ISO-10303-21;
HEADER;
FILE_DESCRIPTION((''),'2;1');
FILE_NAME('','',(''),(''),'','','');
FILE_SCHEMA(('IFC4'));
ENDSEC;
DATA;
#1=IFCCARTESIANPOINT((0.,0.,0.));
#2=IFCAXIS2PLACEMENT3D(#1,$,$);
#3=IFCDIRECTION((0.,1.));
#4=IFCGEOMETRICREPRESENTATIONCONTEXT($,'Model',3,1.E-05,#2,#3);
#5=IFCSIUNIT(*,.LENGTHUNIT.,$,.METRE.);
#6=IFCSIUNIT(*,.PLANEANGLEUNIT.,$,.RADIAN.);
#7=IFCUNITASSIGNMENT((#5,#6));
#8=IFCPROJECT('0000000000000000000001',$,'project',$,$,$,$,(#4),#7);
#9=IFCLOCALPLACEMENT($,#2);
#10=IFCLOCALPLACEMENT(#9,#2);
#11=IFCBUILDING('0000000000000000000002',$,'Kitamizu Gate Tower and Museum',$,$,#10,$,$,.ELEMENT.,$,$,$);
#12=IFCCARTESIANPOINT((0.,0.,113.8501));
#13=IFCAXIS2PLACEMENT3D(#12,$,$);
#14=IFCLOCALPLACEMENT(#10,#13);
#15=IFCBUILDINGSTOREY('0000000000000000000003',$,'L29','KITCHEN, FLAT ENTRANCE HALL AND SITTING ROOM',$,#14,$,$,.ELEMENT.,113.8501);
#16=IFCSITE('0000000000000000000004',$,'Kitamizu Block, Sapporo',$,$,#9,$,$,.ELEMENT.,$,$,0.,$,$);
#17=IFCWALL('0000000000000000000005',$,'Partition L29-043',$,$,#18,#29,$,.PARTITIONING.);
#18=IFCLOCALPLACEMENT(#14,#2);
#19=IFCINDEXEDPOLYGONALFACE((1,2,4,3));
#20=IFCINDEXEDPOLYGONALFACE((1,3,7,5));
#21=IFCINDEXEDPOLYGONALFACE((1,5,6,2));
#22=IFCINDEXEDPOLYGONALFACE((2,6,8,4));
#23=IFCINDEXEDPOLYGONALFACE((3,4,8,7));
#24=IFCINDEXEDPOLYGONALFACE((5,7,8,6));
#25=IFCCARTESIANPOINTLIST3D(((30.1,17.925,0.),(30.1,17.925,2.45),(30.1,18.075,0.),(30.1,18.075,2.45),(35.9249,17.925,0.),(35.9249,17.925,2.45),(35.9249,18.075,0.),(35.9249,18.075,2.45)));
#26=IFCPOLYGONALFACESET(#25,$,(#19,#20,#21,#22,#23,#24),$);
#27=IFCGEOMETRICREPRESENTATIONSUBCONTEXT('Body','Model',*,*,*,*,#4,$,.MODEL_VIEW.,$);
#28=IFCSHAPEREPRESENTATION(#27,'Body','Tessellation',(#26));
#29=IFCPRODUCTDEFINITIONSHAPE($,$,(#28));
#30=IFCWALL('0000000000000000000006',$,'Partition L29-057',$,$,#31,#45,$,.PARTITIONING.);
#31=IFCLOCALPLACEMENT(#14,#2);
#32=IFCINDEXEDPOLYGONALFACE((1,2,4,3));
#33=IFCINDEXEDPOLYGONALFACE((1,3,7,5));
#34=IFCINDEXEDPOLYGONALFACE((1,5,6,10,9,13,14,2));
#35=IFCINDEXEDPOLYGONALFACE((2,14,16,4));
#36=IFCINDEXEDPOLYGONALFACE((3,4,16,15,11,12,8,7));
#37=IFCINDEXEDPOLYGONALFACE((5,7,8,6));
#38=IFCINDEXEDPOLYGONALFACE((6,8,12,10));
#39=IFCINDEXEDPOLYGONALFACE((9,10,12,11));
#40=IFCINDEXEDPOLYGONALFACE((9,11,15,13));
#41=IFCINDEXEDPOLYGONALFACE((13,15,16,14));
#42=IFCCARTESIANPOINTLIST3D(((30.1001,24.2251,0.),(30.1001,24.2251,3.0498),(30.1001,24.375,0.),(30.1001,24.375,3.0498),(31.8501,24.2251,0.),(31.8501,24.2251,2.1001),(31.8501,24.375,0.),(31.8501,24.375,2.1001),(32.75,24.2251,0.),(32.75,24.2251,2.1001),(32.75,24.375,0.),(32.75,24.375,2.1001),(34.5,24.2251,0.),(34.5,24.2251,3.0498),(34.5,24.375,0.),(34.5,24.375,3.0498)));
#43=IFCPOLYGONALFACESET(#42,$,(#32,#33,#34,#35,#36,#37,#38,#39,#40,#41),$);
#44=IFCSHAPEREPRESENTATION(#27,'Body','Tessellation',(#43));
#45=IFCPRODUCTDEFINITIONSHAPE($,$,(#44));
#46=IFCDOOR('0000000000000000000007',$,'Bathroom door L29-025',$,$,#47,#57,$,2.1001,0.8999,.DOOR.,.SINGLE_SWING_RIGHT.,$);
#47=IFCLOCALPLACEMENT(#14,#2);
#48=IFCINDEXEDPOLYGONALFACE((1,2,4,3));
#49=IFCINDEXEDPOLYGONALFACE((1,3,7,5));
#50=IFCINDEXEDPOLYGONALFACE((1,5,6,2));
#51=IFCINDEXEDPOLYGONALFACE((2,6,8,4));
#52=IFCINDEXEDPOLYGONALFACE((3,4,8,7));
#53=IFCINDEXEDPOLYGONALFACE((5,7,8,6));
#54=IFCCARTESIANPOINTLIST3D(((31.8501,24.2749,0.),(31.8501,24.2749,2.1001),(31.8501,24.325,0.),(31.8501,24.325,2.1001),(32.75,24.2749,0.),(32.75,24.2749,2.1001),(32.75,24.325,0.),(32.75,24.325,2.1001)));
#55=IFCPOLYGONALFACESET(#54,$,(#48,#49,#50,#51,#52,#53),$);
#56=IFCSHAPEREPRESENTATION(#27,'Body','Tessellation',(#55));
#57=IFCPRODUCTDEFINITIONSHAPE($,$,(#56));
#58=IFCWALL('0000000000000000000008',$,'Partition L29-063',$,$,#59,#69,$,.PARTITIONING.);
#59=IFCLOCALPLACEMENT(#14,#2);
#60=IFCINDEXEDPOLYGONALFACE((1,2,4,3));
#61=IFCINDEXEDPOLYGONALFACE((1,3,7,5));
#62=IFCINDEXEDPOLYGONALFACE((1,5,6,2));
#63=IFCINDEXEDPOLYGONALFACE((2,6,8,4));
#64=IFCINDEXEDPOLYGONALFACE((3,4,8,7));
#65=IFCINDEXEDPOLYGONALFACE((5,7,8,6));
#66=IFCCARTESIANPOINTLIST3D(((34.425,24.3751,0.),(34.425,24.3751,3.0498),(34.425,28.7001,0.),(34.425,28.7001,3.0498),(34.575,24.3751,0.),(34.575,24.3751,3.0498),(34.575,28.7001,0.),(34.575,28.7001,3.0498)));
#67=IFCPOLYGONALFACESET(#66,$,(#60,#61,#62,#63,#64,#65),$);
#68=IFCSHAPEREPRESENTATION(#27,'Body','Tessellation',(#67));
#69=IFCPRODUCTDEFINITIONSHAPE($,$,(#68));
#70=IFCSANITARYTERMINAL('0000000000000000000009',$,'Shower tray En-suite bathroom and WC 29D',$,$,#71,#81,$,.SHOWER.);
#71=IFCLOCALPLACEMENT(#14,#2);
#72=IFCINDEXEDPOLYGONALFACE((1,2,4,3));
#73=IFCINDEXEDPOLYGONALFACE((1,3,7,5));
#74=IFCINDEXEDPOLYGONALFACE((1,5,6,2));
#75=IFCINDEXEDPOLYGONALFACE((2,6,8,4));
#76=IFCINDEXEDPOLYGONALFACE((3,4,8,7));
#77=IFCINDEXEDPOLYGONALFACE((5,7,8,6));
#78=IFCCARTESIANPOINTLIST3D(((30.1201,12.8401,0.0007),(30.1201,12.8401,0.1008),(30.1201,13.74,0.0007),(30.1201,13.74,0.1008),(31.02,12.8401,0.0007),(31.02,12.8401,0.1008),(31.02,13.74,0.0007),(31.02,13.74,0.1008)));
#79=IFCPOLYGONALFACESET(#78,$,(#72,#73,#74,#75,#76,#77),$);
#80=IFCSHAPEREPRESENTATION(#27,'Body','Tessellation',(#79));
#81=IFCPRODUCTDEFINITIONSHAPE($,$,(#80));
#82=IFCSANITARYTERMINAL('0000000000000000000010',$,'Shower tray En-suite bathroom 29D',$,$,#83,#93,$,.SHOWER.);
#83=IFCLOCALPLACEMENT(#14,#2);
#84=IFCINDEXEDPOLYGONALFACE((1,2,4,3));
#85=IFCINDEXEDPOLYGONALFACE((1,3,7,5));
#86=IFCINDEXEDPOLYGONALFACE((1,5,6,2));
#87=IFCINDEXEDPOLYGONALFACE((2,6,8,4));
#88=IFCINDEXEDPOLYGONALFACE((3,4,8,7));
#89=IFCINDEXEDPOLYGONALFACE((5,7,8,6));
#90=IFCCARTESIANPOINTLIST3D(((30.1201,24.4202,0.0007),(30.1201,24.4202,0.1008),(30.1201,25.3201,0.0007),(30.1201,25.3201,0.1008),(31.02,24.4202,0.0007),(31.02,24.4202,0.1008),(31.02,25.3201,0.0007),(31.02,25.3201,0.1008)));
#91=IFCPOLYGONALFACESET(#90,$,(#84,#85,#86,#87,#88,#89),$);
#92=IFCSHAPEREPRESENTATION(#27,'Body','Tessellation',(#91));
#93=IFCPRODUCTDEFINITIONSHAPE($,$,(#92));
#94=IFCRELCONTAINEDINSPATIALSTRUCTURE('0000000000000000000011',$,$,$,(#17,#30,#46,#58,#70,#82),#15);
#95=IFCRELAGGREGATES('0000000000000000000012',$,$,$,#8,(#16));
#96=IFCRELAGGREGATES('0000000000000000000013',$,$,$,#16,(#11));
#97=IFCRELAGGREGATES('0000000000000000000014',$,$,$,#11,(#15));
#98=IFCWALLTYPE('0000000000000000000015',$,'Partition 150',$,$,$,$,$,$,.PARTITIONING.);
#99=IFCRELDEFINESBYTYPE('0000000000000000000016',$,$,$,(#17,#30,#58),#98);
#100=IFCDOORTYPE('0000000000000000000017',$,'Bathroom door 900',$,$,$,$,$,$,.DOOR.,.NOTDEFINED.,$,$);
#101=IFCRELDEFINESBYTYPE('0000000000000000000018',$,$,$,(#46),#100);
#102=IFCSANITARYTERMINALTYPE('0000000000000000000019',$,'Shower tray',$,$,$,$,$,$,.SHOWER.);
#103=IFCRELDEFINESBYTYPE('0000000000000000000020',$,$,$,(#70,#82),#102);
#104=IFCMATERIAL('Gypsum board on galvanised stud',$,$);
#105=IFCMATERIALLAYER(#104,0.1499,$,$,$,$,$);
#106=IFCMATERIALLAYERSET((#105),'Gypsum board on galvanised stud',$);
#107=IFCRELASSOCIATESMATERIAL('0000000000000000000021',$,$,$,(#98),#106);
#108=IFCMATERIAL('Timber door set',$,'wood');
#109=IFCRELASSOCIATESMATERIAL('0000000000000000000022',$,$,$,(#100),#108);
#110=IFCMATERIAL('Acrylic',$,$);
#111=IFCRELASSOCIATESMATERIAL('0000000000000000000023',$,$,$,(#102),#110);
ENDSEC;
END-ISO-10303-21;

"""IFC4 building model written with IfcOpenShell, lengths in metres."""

from ifc_helpers import new_model, si_unit, direction, frame, frame_2d, origin, origin_2d, place, context, subcontext, project, spatial, rectangle, extrude, material, layer, layer_set, type_object, element, fill, save


model = new_model("IFC4")

# Units and contexts
model_context = context("Model", 3, precision=1e-05, world=origin(), true_north=direction((0.0, 1.0)))
body_context = subcontext(model_context, "Body", "Model", "MODEL_VIEW")
ifc_project = project(units=[si_unit("LENGTHUNIT", "METRE"), si_unit("PLANEANGLEUNIT", "RADIAN")], contexts=[model_context])

# Site, building, storey
site_placement = place(None, origin())
site = spatial("IfcSite", under=ifc_project, at=site_placement, Name="Kitamizu Block, Sapporo", CompositionType="ELEMENT", RefElevation=0.0)
building_placement = place(site_placement, origin())
building = spatial("IfcBuilding", under=site, at=building_placement, Name="Kitamizu Gate Tower and Museum", CompositionType="ELEMENT")
storey_placement = place(building_placement, frame((0.0, 0.0, 113.8501)))
storey = spatial("IfcBuildingStorey", under=building, at=storey_placement, Name="L29", Description="KITCHEN, FLAT ENTRANCE HALL AND SITTING ROOM", CompositionType="ELEMENT", Elevation=113.8501)

# Shared definitions
ifc_material_1 = material(Name="Gypsum board on galvanised stud")
ifc_layer_1 = layer(ifc_material_1, 0.1499)
ifc_layer_set_1 = layer_set([ifc_layer_1], Name="Gypsum board on galvanised stud")
wall_type_1 = type_object("IfcWallType", Name="Partition 150", PredefinedType="PARTITIONING", material=ifc_layer_set_1)

# Shared definitions
ifc_material_2 = material(Name="Timber door set", Category="wood")
door_type_1 = type_object("IfcDoorType", Name="Bathroom door 900", OperationType="NOTDEFINED", PredefinedType="DOOR", material=ifc_material_2)

# Wall
wall_1_placement = place(storey_placement, frame((35.925, 18.0, 0.0), z_axis=(0.0, 0.0, 1.0), x_axis=(-1.0, 0.0, 0.0)))
element("IfcWall", 1, at=wall_1_placement, inside=storey, type_object=wall_type_1, Name="Partition L29-043", PredefinedType="PARTITIONING", context=body_context, shape_type="SweptSolid", body=[
    extrude(rectangle(XDim=5.825, YDim=0.1499, at=frame_2d((2.9126, 0.0))), origin(), (0.0, 0.0, 1.0), 2.45),
])

# Wall, opening, door
wall_2_placement = place(storey_placement, frame((34.5, 24.3, 0.0), z_axis=(0.0, 0.0, 1.0), x_axis=(-1.0, 0.0, 0.0)))
wall_2 = element("IfcWall", 2, at=wall_2_placement, inside=storey, type_object=wall_type_1, Name="Partition L29-057", PredefinedType="PARTITIONING", context=body_context, shape_type="SweptSolid", body=[
    extrude(rectangle(XDim=4.3999, YDim=0.1499, at=frame_2d((2.2, 0.0))), origin(), (0.0, 0.0, 1.0), 3.0498),
])
opening_1_placement = place(wall_2_placement, frame((1.75, 0.0, 0.0)))
opening_1 = element("IfcOpeningElement", 3, at=opening_1_placement, cuts=wall_2, PredefinedType="OPENING", context=body_context, shape_type="SweptSolid", body=[
    extrude(rectangle(XDim=0.8999, YDim=2.1001, at=frame_2d((0.45, 1.05))), frame((0.0, 0.085, 0.0), z_axis=(0.0, -1.0, 0.0), x_axis=(1.0, 0.0, 0.0)), (0.0, 0.0, 1.0), 0.1699),
])
door_1_placement = place(opening_1_placement, frame((0.8999, 0.0, 0.0), x_axis=(-1.0, 0.0, 0.0)))
door_1 = element("IfcDoor", 4, at=door_1_placement, inside=storey, type_object=door_type_1, Name="Bathroom door L29-025", OperationType="SINGLE_SWING_RIGHT", OverallHeight=2.1001, OverallWidth=0.8999, PredefinedType="DOOR", context=body_context, shape_type="SweptSolid", body=[
    extrude(rectangle(XDim=0.8999, YDim=2.1001, at=frame_2d((0.45, 1.05))), frame((0.0, 0.0249, 0.0), z_axis=(0.0, -1.0, 0.0), x_axis=(1.0, 0.0, 0.0)), (0.0, 0.0, 1.0), 0.05),
])
fill(opening_1, door_1)

# Wall
wall_3_placement = place(storey_placement, frame((34.5, 24.375, 0.0), z_axis=(0.0, 0.0, 1.0), x_axis=(0.0, 1.0, 0.0)))
element("IfcWall", 5, at=wall_3_placement, inside=storey, type_object=wall_type_1, Name="Partition L29-063", PredefinedType="PARTITIONING", context=body_context, shape_type="SweptSolid", body=[
    extrude(rectangle(XDim=4.325, YDim=0.1499, at=frame_2d((2.1626, 0.0))), origin(), (0.0, 0.0, 1.0), 3.0498),
])

# Sanitary terminals
ifc_material_3 = material(Name="Acrylic")
sanitary_terminal_type = type_object("IfcSanitaryTerminalType", Name="Shower tray", PredefinedType="SHOWER", material=ifc_material_3)
for number, where, z_axis, x_axis, name in (
    (6, (30.5701, 13.29, 0.0007), (0.0, 0.0, 1.0), (1.0, 0.0, 0.0), "Shower tray En-suite bathroom and WC 29D"),
    (7, (30.5701, 24.8701, 0.0007), (0.0, 0.0, 1.0), (1.0, 0.0, 0.0), "Shower tray En-suite bathroom 29D"),
):
    element("IfcSanitaryTerminal", number, at=place(storey_placement, frame(where, z_axis=z_axis, x_axis=x_axis)), inside=storey, type_object=sanitary_terminal_type, Name=name, PredefinedType="SHOWER", context=body_context, shape_type="SweptSolid", body=[
        extrude(rectangle(XDim=0.8999, YDim=0.8999, at=origin_2d()), origin(), (0.0, 0.0, 1.0), 0.1001),
    ])

save(model, "model.ifc")
